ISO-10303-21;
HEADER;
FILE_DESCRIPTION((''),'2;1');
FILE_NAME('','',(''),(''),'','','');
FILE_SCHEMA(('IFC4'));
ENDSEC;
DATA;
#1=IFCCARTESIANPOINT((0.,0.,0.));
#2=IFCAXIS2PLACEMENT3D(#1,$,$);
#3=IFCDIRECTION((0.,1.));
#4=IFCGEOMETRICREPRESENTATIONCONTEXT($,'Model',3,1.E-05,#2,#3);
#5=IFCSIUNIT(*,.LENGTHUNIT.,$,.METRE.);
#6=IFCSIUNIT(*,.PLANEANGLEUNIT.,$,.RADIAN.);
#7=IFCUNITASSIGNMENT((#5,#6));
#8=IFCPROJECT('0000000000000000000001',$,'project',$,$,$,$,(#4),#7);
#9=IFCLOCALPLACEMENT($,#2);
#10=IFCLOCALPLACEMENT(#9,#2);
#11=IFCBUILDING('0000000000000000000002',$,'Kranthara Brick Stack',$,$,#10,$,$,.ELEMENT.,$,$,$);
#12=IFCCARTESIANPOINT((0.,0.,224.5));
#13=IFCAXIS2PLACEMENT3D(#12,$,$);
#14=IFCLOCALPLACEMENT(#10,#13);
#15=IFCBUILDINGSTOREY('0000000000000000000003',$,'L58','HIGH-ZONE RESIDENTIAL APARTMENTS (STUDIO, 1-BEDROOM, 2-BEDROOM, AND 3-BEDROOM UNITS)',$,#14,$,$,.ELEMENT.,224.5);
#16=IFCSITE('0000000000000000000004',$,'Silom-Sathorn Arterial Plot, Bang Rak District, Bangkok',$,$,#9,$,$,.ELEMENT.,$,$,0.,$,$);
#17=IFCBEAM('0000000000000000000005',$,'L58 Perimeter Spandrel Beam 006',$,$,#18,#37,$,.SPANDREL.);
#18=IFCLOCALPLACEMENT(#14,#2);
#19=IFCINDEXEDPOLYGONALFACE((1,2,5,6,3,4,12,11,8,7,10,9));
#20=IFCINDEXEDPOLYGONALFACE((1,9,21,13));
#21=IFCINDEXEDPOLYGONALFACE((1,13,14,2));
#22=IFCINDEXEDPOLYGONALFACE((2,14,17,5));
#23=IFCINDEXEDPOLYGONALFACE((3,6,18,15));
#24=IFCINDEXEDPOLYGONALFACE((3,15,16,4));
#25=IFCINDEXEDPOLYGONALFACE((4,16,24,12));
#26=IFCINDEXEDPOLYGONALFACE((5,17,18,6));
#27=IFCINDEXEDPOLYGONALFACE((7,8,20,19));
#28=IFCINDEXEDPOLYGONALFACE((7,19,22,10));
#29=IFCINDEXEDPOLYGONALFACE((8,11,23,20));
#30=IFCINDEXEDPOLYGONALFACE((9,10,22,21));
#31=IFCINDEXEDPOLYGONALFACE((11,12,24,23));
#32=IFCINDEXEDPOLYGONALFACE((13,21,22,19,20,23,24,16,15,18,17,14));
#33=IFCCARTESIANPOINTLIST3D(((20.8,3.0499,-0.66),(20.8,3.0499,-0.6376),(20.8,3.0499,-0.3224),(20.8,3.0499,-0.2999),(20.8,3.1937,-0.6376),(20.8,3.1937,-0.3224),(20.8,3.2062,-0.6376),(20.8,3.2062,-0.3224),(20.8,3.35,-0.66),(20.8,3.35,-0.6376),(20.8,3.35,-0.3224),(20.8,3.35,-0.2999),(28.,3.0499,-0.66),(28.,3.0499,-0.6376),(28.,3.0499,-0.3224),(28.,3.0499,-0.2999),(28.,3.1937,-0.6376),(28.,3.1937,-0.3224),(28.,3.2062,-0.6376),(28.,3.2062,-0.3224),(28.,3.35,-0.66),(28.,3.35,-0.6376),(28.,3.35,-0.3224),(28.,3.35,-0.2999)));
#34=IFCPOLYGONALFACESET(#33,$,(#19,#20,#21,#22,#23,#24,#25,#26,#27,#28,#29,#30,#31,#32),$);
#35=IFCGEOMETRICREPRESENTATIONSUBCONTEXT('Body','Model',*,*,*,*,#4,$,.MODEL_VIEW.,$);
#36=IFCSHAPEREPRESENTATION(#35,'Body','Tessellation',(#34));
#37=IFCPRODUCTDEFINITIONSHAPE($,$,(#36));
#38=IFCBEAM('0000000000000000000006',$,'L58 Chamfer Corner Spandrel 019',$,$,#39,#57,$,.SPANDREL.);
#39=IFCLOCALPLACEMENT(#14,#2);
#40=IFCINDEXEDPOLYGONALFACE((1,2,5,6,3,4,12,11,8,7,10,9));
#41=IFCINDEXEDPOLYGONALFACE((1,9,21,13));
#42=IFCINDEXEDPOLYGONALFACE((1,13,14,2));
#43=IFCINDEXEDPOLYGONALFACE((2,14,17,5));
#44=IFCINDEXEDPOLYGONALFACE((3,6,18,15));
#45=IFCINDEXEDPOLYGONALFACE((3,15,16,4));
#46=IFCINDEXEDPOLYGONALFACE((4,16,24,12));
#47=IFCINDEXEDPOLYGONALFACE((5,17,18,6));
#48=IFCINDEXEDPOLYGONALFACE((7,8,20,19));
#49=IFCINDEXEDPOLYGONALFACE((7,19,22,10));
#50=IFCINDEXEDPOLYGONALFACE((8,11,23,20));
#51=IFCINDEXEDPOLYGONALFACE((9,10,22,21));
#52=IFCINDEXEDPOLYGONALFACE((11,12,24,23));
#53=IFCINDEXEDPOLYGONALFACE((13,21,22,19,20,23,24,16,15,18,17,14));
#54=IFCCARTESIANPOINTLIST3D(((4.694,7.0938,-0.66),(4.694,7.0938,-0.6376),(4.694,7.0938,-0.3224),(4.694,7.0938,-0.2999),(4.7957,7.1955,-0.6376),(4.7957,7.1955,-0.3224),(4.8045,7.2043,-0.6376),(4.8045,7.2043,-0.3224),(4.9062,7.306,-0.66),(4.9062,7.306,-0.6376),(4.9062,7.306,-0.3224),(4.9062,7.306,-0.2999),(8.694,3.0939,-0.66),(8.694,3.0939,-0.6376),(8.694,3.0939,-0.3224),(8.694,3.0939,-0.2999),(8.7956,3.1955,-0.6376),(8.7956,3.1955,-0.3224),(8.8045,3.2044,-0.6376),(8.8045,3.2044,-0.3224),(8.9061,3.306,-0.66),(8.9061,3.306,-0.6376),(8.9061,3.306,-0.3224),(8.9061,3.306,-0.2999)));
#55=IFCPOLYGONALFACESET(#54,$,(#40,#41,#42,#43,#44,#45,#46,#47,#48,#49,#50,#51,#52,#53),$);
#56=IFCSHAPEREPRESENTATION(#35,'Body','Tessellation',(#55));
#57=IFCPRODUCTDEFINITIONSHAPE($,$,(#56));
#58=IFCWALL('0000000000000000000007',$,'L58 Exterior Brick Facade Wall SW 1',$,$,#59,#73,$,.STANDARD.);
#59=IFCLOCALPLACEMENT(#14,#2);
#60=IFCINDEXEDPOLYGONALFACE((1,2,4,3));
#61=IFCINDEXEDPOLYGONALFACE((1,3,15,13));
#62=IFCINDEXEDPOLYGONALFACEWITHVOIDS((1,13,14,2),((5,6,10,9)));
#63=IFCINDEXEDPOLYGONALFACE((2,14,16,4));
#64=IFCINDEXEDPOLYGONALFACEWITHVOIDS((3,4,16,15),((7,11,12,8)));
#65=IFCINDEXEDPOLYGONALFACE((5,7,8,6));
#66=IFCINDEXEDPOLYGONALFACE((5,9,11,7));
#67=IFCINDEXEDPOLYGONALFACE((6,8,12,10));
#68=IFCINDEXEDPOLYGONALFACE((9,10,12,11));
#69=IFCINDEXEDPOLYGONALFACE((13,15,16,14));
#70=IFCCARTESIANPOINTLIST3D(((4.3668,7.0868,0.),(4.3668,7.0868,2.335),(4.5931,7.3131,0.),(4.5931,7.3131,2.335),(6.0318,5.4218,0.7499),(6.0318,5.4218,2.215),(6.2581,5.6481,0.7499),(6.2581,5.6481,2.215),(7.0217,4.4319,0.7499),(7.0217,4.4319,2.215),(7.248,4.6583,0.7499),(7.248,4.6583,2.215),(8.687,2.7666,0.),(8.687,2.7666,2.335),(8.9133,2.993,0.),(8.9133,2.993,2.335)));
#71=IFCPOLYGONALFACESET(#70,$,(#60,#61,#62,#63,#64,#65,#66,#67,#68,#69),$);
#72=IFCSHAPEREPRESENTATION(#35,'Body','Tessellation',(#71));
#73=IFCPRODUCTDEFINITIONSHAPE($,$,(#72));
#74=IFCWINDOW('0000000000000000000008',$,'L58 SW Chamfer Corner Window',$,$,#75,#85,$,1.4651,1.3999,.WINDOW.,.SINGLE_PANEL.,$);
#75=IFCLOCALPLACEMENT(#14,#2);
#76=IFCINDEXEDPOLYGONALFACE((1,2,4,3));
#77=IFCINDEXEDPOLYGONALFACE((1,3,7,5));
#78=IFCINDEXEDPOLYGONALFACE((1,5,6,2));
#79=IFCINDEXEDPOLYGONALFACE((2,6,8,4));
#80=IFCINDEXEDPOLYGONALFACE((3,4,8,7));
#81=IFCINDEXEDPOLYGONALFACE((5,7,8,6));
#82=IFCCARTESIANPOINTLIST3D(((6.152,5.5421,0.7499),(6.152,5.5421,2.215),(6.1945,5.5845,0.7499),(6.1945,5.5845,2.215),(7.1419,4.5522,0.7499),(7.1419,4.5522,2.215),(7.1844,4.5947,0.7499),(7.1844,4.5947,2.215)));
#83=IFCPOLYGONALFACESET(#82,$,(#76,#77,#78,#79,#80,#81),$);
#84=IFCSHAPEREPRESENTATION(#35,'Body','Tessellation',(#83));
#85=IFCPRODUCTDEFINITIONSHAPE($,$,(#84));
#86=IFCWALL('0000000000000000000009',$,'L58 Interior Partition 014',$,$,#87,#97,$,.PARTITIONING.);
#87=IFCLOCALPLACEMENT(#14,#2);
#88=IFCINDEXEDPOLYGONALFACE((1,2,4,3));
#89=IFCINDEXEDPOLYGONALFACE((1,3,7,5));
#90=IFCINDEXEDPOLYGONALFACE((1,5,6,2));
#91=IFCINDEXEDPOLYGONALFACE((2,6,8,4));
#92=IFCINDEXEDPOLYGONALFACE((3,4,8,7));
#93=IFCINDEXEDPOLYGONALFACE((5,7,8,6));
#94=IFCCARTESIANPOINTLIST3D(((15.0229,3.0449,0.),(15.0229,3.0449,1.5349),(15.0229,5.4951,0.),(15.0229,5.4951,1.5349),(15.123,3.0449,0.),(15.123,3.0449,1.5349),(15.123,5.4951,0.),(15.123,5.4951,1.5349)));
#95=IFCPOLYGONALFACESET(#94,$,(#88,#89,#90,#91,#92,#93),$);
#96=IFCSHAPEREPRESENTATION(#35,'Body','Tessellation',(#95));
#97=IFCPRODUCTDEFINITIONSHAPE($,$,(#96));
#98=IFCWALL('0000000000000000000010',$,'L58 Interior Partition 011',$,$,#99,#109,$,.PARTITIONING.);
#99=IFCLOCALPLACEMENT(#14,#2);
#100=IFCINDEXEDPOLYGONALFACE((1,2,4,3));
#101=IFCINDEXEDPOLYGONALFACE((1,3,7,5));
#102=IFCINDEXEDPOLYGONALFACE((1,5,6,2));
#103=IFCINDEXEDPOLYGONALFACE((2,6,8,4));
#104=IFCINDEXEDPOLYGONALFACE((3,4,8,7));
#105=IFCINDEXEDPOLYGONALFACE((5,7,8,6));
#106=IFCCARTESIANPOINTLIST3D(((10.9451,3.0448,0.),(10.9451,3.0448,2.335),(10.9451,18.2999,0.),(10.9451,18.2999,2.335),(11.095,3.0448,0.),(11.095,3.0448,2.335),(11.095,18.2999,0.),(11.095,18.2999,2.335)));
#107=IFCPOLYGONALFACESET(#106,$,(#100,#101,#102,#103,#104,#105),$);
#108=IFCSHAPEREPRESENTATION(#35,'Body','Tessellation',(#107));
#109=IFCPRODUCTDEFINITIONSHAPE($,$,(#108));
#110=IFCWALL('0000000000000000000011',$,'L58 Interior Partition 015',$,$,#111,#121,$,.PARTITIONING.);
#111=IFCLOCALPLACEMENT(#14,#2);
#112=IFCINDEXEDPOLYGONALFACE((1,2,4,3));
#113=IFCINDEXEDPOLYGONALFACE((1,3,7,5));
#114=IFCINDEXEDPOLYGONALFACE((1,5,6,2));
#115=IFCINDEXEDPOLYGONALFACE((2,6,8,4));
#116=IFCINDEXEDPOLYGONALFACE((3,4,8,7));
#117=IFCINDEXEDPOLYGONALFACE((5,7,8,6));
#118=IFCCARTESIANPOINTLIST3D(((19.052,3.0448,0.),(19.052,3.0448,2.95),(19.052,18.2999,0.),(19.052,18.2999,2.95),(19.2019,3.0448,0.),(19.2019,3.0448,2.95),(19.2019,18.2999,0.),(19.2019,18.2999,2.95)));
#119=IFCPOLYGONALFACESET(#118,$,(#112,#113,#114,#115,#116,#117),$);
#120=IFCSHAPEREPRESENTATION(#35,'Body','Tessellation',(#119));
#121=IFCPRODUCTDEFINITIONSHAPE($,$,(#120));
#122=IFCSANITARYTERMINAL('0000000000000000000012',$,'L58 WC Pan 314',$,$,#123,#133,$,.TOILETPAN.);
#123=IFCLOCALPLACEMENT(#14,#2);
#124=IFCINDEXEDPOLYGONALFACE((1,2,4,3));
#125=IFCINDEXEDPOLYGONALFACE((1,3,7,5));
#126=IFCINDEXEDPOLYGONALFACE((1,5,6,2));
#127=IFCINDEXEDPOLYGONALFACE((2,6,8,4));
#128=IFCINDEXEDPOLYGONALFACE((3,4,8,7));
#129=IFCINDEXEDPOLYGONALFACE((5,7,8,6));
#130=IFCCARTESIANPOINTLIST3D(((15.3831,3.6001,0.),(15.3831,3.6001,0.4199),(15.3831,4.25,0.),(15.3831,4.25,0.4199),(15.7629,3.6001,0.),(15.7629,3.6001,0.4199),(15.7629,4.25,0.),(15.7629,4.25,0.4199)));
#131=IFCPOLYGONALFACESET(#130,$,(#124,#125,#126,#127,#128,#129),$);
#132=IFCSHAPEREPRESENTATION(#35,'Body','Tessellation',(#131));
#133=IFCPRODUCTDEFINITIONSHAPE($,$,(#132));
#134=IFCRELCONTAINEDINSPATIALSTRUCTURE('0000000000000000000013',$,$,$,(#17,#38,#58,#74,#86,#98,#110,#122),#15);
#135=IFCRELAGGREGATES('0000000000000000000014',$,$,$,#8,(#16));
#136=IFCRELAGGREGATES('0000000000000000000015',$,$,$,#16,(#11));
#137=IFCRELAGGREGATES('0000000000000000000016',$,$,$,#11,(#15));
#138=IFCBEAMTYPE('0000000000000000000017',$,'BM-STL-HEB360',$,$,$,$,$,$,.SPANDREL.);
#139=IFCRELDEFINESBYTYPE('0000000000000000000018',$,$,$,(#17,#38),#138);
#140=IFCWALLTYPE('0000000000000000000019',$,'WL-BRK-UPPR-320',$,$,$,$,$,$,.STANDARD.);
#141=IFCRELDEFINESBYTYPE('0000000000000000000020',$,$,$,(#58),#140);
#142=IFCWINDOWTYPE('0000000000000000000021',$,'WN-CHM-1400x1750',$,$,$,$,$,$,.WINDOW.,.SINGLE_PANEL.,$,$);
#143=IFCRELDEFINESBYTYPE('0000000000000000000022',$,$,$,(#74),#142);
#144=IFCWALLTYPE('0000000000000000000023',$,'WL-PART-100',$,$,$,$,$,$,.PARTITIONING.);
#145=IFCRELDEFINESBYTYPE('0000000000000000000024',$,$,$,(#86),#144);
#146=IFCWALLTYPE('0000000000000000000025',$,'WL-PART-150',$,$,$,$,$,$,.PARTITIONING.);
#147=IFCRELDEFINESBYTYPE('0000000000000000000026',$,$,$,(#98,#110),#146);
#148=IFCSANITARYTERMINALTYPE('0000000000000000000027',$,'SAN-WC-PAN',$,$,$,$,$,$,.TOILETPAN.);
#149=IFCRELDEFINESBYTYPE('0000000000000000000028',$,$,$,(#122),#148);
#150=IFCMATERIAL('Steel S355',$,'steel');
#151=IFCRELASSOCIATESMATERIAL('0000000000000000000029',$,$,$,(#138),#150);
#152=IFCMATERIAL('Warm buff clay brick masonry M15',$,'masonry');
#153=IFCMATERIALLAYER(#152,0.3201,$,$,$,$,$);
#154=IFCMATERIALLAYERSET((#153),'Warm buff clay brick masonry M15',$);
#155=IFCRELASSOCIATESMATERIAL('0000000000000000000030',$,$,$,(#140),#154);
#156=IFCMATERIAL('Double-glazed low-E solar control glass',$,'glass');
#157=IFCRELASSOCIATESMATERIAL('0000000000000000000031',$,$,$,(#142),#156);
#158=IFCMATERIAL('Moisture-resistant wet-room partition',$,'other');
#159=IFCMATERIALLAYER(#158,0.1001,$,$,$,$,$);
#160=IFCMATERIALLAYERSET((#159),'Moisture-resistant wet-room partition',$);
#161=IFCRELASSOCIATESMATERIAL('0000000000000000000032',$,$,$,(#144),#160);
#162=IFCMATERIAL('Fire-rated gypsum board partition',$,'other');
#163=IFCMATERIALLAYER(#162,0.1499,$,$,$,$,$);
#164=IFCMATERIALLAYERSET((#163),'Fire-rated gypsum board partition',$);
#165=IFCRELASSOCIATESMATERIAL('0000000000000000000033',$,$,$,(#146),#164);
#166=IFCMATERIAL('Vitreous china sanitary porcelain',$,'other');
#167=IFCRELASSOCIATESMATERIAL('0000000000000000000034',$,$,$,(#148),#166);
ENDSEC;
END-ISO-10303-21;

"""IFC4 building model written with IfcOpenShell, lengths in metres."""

from ifc_helpers import new_model, si_unit, direction, frame, frame_2d, origin, origin_2d, place, context, subcontext, project, spatial, rectangle, i_section, extrude, material, layer, layer_set, material_profile, profile_set, type_object, element, fill, save


model = new_model("IFC4")

# Units and contexts
model_context = context("Model", 3, precision=1e-05, world=origin(), true_north=direction((0.0, 1.0)))
body_context = subcontext(model_context, "Body", "Model", "MODEL_VIEW")
ifc_project = project(units=[si_unit("LENGTHUNIT", "METRE"), si_unit("PLANEANGLEUNIT", "RADIAN")], contexts=[model_context])

# Site, building, storey
site_placement = place(None, origin())
site = spatial("IfcSite", under=ifc_project, at=site_placement, Name="Silom-Sathorn Arterial Plot, Bang Rak District, Bangkok", CompositionType="ELEMENT", RefElevation=0.0)
building_placement = place(site_placement, origin())
building = spatial("IfcBuilding", under=site, at=building_placement, Name="Kranthara Brick Stack", CompositionType="ELEMENT")
storey_placement = place(building_placement, frame((0.0, 0.0, 224.5)))
storey = spatial("IfcBuildingStorey", under=building, at=storey_placement, Name="L58", Description="HIGH-ZONE RESIDENTIAL APARTMENTS (STUDIO, 1-BEDROOM, 2-BEDROOM, AND 3-BEDROOM UNITS)", CompositionType="ELEMENT", Elevation=224.5)

# Beams
ifc_material_1 = material(Name="Steel S355", Category="steel")
ifc_material_profile_1 = material_profile(ifc_material_1, i_section(OverallWidth=0.3, OverallDepth=0.3601, WebThickness=0.0125, FlangeThickness=0.0225, at=origin_2d()), Name="HEB 360")
ifc_profile_set_1 = profile_set([ifc_material_profile_1], Name="Steel S355")
beam_type_1 = type_object("IfcBeamType", Name="BM-STL-HEB360", PredefinedType="SPANDREL", material=ifc_profile_set_1)
beam_1_placement = place(storey_placement, frame((20.8, 3.2, -0.48), z_axis=(1.0, 0.0, 0.0), x_axis=(0.0, 1.0, 0.0)))
element("IfcBeam", 1, at=beam_1_placement, inside=storey, type_object=beam_type_1, Name="L58 Perimeter Spandrel Beam 006", PredefinedType="SPANDREL", context=body_context, shape_type="SweptSolid", body=[
    extrude(i_section(OverallWidth=0.3, OverallDepth=0.3601, WebThickness=0.0125, FlangeThickness=0.0225, at=origin_2d()), origin(), (0.0, 0.0, 1.0), 7.2),
])
beam_2_placement = place(storey_placement, frame((8.8, 3.2, -0.48), z_axis=(-0.707107, 0.707107, 0.0), x_axis=(-0.707107, -0.707107, 0.0)))
element("IfcBeam", 2, at=beam_2_placement, inside=storey, type_object=beam_type_1, Name="L58 Chamfer Corner Spandrel 019", PredefinedType="SPANDREL", context=body_context, shape_type="SweptSolid", body=[
    extrude(i_section(OverallWidth=0.3, OverallDepth=0.3601, WebThickness=0.0125, FlangeThickness=0.0225, at=origin_2d()), origin(), (0.0, 0.0, 1.0), 5.6567),
])

# Wall, opening, window
ifc_material_2 = material(Name="Warm buff clay brick masonry M15", Category="masonry")
ifc_layer_1 = layer(ifc_material_2, 0.3201)
ifc_layer_set_1 = layer_set([ifc_layer_1], Name="Warm buff clay brick masonry M15")
wall_type_1 = type_object("IfcWallType", Name="WL-BRK-UPPR-320", PredefinedType="STANDARD", material=ifc_layer_set_1)
wall_1_placement = place(storey_placement, frame((8.8, 2.8799, 0.0), z_axis=(0.0, 0.0, 1.0), x_axis=(-0.707107, 0.707107, 0.0)))
wall_1 = element("IfcWall", 3, at=wall_1_placement, inside=storey, type_object=wall_type_1, Name="L58 Exterior Brick Facade Wall SW 1", PredefinedType="STANDARD", context=body_context, shape_type="SweptSolid", body=[
    extrude(rectangle(XDim=6.1096, YDim=0.3201, at=frame_2d((3.0547, 0.0))), origin(), (0.0, 0.0, 1.0), 2.335),
])
opening_placement = place(wall_1_placement, frame((2.355, 0.0, 0.75)))
opening = element("IfcOpeningElement", 4, at=opening_placement, cuts=wall_1, PredefinedType="OPENING", context=body_context, shape_type="SweptSolid", body=[
    extrude(rectangle(XDim=1.3999, YDim=1.4651, at=frame_2d((0.7, 0.7324))), frame((0.0, 0.1699, 0.0), z_axis=(0.0, -1.0, 0.0), x_axis=(1.0, 0.0, 0.0)), (0.0, 0.0, 1.0), 0.3401),
])
ifc_material_3 = material(Name="Double-glazed low-E solar control glass", Category="glass")
window_type = type_object("IfcWindowType", Name="WN-CHM-1400x1750", PartitioningType="SINGLE_PANEL", PredefinedType="WINDOW", material=ifc_material_3)
window_placement = place(opening_placement, origin())
window = element("IfcWindow", 5, at=window_placement, inside=storey, type_object=window_type, Name="L58 SW Chamfer Corner Window", OverallHeight=1.4651, OverallWidth=1.3999, PartitioningType="SINGLE_PANEL", PredefinedType="WINDOW", context=body_context, shape_type="SweptSolid", body=[
    extrude(rectangle(XDim=1.3999, YDim=1.4651, at=frame_2d((0.7, 0.7324))), frame((0.0, -0.01, 0.0), z_axis=(0.0, -1.0, 0.0), x_axis=(1.0, 0.0, 0.0)), (0.0, 0.0, 1.0), 0.0601),
])
fill(opening, window)

# Walls
ifc_material_4 = material(Name="Moisture-resistant wet-room partition", Category="other")
ifc_layer_2 = layer(ifc_material_4, 0.1001)
ifc_layer_set_2 = layer_set([ifc_layer_2], Name="Moisture-resistant wet-room partition")
wall_type_2 = type_object("IfcWallType", Name="WL-PART-100", PredefinedType="PARTITIONING", material=ifc_layer_set_2)
wall_2_placement = place(storey_placement, frame((15.073, 3.0449, 0.0), z_axis=(0.0, 0.0, 1.0), x_axis=(0.0, 1.0, 0.0)))
element("IfcWall", 6, at=wall_2_placement, inside=storey, type_object=wall_type_2, Name="L58 Interior Partition 014", PredefinedType="PARTITIONING", context=body_context, shape_type="SweptSolid", body=[
    extrude(rectangle(XDim=2.4502, YDim=0.1001, at=frame_2d((1.2251, 0.0))), origin(), (0.0, 0.0, 1.0), 1.5349),
])
ifc_material_5 = material(Name="Fire-rated gypsum board partition", Category="other")
ifc_layer_3 = layer(ifc_material_5, 0.1499)
ifc_layer_set_3 = layer_set([ifc_layer_3], Name="Fire-rated gypsum board partition")
wall_type_3 = type_object("IfcWallType", Name="WL-PART-150", PredefinedType="PARTITIONING", material=ifc_layer_set_3)
wall_3_placement = place(storey_placement, frame((11.02, 3.0449, 0.0), z_axis=(0.0, 0.0, 1.0), x_axis=(0.0, 1.0, 0.0)))
element("IfcWall", 7, at=wall_3_placement, inside=storey, type_object=wall_type_3, Name="L58 Interior Partition 011", PredefinedType="PARTITIONING", context=body_context, shape_type="SweptSolid", body=[
    extrude(rectangle(XDim=15.2551, YDim=0.1499, at=frame_2d((7.6274, 0.0))), origin(), (0.0, 0.0, 1.0), 2.335),
])
wall_4_placement = place(storey_placement, frame((19.127, 3.0449, 0.0), z_axis=(0.0, 0.0, 1.0), x_axis=(0.0, 1.0, 0.0)))
element("IfcWall", 8, at=wall_4_placement, inside=storey, type_object=wall_type_3, Name="L58 Interior Partition 015", PredefinedType="PARTITIONING", context=body_context, shape_type="SweptSolid", body=[
    extrude(rectangle(XDim=15.2551, YDim=0.1499, at=frame_2d((7.6274, 0.0))), origin(), (0.0, 0.0, 1.0), 2.95),
])

# Sanitary terminal
ifc_material_6 = material(Name="Vitreous china sanitary porcelain", Category="other")
sanitary_terminal_type = type_object("IfcSanitaryTerminalType", Name="SAN-WC-PAN", PredefinedType="TOILETPAN", material=ifc_material_6)
sanitary_terminal_placement = place(storey_placement, frame((15.573, 3.925, 0.0), z_axis=(0.0, 0.0, 1.0), x_axis=(1.0, 0.0, 0.0)))
element("IfcSanitaryTerminal", 9, at=sanitary_terminal_placement, inside=storey, type_object=sanitary_terminal_type, Name="L58 WC Pan 314", PredefinedType="TOILETPAN", context=body_context, shape_type="SweptSolid", body=[
    extrude(rectangle(XDim=0.3799, YDim=0.6499, at=origin_2d()), origin(), (0.0, 0.0, 1.0), 0.4199),
])

save(model, "model.ifc")
